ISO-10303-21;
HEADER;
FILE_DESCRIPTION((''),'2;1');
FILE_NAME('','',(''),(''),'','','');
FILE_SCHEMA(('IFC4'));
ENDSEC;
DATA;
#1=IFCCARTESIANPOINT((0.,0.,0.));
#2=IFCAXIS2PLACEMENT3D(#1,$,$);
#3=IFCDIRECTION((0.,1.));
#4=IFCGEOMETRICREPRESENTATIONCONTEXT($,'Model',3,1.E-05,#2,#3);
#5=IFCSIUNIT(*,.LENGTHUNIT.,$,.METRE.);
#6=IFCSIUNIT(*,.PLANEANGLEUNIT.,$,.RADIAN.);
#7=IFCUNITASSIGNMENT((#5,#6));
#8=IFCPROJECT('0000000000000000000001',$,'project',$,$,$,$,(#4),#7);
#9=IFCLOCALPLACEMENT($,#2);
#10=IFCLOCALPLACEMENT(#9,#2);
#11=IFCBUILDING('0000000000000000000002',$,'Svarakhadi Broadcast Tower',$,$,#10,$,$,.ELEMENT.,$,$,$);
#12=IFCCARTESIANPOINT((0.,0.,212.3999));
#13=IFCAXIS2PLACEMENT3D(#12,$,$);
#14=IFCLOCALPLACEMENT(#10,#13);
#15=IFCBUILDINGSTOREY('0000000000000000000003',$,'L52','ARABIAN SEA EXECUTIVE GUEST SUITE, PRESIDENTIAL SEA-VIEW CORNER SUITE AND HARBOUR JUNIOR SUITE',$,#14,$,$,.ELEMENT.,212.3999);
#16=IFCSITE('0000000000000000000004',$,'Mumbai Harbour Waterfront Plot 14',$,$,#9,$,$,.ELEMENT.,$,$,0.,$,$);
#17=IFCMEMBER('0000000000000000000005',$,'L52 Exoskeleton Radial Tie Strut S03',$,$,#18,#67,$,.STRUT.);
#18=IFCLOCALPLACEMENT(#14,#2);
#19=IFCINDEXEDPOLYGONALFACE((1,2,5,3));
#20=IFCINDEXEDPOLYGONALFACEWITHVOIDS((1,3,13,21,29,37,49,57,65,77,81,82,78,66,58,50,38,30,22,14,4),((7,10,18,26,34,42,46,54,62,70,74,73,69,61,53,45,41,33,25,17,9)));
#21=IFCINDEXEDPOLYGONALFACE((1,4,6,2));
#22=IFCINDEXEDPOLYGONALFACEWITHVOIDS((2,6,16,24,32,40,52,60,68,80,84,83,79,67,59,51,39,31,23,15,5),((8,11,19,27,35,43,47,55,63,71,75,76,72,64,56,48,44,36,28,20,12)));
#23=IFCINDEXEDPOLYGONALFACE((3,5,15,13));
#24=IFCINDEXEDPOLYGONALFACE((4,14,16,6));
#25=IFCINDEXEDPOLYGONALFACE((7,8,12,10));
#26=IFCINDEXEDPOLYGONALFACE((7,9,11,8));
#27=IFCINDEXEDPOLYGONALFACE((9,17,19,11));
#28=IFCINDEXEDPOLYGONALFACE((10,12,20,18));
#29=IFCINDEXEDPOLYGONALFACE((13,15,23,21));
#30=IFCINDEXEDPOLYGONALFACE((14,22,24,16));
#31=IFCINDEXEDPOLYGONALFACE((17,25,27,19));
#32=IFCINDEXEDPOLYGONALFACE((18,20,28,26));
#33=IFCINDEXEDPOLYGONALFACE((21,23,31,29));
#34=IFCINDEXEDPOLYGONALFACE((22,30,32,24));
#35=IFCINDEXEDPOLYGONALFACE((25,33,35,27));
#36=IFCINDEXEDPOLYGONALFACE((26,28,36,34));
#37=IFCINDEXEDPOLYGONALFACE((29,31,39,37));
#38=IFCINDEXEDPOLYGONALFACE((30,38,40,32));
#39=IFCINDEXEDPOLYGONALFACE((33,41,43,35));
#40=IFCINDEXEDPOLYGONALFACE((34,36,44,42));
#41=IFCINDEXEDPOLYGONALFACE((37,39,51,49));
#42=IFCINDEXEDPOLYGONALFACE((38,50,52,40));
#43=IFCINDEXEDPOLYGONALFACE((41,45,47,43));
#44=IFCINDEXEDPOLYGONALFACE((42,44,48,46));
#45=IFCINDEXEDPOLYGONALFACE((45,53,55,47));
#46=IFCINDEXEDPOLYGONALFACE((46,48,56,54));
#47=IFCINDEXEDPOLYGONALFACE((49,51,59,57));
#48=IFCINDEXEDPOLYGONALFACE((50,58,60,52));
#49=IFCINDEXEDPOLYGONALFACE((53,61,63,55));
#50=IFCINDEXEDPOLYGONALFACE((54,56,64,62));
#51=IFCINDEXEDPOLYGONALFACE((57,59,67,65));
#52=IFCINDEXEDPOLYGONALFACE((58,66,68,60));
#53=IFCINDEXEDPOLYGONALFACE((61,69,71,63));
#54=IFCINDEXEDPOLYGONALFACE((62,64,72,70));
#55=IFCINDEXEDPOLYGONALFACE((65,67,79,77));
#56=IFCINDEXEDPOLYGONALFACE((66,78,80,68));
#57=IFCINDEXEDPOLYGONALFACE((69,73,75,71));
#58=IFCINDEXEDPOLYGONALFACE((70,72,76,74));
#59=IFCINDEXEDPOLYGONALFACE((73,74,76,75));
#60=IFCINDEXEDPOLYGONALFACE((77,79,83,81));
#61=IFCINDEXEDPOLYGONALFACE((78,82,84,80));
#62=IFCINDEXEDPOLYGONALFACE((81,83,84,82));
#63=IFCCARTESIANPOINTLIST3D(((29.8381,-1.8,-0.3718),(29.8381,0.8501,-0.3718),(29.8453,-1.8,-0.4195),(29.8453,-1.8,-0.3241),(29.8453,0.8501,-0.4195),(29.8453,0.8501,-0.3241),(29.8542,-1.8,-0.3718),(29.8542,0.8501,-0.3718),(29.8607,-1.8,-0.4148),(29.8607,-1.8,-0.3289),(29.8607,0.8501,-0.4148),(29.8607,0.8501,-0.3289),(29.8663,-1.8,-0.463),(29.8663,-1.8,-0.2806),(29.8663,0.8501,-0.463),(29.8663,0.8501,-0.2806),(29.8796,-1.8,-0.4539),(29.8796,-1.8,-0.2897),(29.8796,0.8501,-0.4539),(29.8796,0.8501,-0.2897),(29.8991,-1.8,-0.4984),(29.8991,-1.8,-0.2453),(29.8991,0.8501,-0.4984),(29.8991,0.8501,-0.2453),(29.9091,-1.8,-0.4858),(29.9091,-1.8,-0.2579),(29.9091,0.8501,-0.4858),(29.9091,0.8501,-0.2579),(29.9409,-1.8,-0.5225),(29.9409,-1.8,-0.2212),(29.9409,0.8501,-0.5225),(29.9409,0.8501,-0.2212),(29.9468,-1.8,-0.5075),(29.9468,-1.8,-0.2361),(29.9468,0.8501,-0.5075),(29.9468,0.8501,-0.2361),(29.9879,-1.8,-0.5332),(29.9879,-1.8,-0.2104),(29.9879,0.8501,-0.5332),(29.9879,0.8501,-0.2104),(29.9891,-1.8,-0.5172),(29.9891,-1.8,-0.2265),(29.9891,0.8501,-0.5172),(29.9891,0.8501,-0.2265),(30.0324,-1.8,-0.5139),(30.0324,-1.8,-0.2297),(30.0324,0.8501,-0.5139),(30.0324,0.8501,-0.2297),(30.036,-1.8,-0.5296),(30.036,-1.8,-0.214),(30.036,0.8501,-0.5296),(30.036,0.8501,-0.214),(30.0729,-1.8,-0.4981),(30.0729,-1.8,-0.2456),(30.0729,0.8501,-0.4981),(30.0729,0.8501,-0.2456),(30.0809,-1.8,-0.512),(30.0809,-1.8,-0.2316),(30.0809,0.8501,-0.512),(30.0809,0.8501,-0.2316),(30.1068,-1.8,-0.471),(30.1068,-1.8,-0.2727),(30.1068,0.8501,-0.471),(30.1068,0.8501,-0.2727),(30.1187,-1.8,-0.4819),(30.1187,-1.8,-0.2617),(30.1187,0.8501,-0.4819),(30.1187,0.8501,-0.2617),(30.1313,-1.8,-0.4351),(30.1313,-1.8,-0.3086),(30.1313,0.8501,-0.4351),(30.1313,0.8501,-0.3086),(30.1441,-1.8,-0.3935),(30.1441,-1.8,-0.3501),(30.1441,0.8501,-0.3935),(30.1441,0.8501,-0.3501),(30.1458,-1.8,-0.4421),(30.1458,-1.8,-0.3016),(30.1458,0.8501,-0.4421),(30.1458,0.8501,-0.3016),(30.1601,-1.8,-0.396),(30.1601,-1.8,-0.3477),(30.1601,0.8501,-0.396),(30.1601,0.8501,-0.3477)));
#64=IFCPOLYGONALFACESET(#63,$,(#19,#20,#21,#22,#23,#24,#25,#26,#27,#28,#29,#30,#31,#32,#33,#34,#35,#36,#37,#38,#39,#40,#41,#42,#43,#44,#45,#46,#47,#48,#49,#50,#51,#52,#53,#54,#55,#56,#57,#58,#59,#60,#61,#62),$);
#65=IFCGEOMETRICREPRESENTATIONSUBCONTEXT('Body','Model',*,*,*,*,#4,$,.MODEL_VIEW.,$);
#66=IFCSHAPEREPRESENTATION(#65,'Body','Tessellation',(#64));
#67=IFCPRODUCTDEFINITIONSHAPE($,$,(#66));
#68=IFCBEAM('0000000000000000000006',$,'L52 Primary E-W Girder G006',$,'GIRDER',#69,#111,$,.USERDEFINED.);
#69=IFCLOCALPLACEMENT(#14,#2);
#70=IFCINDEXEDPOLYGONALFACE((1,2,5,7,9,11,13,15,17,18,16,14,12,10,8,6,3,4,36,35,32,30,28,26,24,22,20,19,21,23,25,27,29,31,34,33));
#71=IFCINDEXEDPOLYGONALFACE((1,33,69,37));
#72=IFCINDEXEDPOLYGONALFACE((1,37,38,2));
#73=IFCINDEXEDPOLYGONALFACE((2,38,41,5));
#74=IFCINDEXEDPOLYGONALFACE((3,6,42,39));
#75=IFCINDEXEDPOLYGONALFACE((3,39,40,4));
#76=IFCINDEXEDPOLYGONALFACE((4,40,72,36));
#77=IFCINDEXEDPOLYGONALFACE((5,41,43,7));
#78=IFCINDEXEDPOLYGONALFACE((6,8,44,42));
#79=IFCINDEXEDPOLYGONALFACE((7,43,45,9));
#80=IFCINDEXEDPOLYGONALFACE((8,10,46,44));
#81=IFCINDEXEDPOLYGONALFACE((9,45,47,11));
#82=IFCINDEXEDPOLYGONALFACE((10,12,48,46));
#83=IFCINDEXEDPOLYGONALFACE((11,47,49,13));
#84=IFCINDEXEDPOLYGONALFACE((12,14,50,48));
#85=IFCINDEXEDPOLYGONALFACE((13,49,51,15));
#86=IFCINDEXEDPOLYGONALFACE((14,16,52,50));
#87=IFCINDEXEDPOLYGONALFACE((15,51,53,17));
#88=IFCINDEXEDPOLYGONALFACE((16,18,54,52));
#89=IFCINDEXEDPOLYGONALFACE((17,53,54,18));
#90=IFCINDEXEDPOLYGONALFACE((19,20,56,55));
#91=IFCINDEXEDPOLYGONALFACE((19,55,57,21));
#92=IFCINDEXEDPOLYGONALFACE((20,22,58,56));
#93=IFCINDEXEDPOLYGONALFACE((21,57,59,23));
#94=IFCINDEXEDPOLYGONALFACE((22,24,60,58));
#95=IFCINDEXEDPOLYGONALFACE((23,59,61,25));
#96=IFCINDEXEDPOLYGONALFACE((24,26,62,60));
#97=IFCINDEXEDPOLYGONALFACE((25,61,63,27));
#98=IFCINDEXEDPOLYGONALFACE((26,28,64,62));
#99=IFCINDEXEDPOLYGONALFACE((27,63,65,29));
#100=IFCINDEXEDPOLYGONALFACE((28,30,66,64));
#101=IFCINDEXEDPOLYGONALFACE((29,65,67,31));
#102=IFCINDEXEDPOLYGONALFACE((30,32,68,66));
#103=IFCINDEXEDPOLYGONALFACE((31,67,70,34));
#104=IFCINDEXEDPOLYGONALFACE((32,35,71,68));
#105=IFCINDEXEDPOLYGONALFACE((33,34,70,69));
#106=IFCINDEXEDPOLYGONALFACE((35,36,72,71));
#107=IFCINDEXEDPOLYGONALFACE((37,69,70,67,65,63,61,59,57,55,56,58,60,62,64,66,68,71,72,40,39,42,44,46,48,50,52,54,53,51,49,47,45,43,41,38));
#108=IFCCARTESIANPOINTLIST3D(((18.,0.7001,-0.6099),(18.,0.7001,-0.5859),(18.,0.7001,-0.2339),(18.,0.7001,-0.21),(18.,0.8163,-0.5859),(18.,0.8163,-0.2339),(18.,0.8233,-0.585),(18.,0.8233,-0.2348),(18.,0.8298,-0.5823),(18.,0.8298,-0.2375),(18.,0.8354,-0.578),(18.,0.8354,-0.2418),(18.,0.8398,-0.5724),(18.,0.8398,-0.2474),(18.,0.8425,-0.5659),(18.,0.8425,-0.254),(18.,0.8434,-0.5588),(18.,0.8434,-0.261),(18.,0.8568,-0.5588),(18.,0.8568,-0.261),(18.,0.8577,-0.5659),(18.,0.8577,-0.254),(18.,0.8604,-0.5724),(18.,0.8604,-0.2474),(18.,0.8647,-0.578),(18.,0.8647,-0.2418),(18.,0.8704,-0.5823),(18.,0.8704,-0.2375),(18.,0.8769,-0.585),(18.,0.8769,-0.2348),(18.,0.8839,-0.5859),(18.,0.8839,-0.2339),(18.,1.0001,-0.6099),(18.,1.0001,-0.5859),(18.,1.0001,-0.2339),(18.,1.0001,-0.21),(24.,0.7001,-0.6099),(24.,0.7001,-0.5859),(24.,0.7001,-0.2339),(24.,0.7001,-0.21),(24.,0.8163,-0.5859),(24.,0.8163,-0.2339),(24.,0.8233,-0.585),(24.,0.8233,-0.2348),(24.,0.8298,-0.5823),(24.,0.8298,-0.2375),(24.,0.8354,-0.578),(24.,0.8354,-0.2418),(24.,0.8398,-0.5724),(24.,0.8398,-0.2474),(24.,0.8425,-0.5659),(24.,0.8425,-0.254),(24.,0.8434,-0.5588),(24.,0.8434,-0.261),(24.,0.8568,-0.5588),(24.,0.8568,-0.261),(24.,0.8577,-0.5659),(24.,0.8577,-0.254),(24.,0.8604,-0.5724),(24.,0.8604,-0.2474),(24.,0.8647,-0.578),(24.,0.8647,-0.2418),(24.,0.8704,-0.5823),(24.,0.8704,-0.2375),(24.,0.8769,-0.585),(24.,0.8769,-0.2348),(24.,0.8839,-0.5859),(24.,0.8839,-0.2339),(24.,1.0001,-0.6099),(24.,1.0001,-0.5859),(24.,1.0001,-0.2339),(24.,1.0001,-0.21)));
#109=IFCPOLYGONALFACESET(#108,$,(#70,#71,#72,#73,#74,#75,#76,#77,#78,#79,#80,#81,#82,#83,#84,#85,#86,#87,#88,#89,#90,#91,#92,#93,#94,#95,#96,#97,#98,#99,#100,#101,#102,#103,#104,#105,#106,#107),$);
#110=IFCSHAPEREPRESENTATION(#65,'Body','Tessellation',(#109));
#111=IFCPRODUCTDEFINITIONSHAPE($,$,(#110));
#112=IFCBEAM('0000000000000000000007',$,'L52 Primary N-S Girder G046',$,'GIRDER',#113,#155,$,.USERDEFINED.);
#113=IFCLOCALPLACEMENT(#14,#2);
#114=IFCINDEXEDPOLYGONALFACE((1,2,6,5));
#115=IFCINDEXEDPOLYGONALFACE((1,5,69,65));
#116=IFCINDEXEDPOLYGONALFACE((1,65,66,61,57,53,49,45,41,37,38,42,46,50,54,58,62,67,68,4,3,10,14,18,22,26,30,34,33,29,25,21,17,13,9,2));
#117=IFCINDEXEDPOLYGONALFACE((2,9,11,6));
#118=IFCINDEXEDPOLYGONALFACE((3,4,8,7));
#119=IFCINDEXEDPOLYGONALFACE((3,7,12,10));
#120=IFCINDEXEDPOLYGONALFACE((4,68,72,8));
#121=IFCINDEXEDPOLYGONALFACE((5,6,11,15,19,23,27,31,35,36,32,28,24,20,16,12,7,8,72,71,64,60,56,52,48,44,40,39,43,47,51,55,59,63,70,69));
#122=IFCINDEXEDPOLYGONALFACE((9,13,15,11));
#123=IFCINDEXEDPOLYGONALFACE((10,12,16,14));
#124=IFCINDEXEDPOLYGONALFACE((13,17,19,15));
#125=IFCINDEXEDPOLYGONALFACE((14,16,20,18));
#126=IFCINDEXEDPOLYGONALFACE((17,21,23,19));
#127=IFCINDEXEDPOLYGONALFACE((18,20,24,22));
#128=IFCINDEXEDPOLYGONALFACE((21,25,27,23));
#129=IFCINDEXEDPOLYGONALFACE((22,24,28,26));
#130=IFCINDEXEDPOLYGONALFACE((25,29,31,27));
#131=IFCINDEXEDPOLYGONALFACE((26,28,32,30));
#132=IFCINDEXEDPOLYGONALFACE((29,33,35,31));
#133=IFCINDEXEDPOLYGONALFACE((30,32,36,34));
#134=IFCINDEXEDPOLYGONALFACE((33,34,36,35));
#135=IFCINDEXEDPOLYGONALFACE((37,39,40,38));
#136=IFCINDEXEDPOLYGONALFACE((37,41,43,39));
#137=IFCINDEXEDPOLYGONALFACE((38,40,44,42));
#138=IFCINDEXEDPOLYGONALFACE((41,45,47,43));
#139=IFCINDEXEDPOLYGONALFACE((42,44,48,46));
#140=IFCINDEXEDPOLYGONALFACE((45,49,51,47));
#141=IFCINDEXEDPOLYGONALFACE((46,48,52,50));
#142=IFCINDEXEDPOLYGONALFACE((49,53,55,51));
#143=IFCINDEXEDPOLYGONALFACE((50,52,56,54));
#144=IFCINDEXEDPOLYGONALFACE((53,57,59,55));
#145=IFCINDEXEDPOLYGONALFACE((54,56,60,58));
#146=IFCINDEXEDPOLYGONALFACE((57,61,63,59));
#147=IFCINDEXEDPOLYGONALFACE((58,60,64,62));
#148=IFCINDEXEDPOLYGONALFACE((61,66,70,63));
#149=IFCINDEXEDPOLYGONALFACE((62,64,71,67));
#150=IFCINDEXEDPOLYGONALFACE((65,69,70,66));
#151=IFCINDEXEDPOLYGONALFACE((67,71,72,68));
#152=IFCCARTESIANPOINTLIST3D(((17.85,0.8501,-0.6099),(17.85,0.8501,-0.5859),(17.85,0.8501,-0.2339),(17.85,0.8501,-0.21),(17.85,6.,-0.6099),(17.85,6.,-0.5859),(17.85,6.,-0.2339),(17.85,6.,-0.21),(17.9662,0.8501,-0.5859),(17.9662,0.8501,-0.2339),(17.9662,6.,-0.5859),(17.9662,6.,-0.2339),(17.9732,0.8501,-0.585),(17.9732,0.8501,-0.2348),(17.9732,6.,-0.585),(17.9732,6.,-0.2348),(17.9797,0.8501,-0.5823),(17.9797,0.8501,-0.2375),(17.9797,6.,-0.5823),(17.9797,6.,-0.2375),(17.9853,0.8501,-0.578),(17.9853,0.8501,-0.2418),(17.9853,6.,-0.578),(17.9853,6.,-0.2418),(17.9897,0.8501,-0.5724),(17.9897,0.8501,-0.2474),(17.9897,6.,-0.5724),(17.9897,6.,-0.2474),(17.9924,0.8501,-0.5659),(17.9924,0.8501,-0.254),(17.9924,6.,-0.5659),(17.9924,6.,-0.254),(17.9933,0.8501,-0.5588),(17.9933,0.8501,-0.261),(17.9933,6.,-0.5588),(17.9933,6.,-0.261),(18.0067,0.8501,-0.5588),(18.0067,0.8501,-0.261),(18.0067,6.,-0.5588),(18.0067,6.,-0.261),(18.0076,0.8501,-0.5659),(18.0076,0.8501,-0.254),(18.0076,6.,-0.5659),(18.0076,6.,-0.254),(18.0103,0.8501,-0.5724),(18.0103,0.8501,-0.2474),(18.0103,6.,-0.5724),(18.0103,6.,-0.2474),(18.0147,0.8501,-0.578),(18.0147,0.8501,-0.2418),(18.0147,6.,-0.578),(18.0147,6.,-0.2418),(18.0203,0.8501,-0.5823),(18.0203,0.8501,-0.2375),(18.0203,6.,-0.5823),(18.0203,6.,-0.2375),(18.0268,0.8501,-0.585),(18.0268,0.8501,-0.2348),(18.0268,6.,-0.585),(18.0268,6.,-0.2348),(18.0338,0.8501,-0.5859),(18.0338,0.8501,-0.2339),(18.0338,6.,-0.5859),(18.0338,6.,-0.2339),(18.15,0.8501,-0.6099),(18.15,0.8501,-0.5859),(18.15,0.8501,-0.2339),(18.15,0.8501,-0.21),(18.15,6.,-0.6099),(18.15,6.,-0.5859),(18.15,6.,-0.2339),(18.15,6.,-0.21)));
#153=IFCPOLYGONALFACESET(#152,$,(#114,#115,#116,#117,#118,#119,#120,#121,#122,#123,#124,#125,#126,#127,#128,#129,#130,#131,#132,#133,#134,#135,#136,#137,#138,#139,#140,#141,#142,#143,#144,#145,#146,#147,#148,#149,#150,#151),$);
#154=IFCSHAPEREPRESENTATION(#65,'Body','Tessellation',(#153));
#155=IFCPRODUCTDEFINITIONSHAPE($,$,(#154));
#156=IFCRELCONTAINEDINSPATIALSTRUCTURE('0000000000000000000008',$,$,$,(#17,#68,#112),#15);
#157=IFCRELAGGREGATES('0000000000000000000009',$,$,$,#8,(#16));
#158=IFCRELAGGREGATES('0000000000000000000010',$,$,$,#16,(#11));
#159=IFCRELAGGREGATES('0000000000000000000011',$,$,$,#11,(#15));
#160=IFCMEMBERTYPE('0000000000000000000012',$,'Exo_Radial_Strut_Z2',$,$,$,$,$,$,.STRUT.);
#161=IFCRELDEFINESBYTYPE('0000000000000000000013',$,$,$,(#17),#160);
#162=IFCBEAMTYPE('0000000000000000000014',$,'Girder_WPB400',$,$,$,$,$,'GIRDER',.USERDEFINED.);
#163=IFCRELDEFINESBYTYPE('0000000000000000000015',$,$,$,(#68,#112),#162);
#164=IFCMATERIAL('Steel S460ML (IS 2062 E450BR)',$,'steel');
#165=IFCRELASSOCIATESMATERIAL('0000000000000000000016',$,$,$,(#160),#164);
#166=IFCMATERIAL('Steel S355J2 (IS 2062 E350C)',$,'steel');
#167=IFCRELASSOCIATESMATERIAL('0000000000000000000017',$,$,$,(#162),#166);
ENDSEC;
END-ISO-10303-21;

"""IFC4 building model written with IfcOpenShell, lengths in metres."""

from ifc_helpers import new_model, si_unit, direction, frame, origin, origin_2d, place, context, subcontext, project, spatial, hollow_circle, i_section, extrude, material, material_profile, profile_set, type_object, element, save


model = new_model("IFC4")

# Units and contexts
model_context = context("Model", 3, precision=1e-05, world=origin(), true_north=direction((0.0, 1.0)))
body_context = subcontext(model_context, "Body", "Model", "MODEL_VIEW")
ifc_project = project(units=[si_unit("LENGTHUNIT", "METRE"), si_unit("PLANEANGLEUNIT", "RADIAN")], contexts=[model_context])

# Site, building, storey
site_placement = place(None, origin())
site = spatial("IfcSite", under=ifc_project, at=site_placement, Name="Mumbai Harbour Waterfront Plot 14", CompositionType="ELEMENT", RefElevation=0.0)
building_placement = place(site_placement, origin())
building = spatial("IfcBuilding", under=site, at=building_placement, Name="Svarakhadi Broadcast Tower", CompositionType="ELEMENT")
storey_placement = place(building_placement, frame((0.0, 0.0, 212.3999)))
storey = spatial("IfcBuildingStorey", under=building, at=storey_placement, Name="L52", Description="ARABIAN SEA EXECUTIVE GUEST SUITE, PRESIDENTIAL SEA-VIEW CORNER SUITE AND HARBOUR JUNIOR SUITE", CompositionType="ELEMENT", Elevation=212.3999)

# Shared definitions
ifc_material_1 = material(Name="Steel S460ML (IS 2062 E450BR)", Category="steel")

# Member
ifc_material_profile_1 = material_profile(ifc_material_1, hollow_circle(Radius=0.1619, WallThickness=0.0161, at=origin_2d()), Name="CHS 323.9x16")
ifc_profile_set_1 = profile_set([ifc_material_profile_1], Name="Steel S460ML (IS 2062 E450BR)")
member_type_1 = type_object("IfcMemberType", Name="Exo_Radial_Strut_Z2", PredefinedType="STRUT", material=ifc_profile_set_1)
for number, where, z_axis, x_axis, name in (
    (1, (30.0, -1.8, -0.3718), (0.0, 1.0, 0.0), (-1.0, 0.0, 0.0), "L52 Exoskeleton Radial Tie Strut S03"),
):
    element("IfcMember", number, at=place(storey_placement, frame(where, z_axis=z_axis, x_axis=x_axis)), inside=storey, type_object=member_type_1, Name=name, PredefinedType="STRUT", context=body_context, shape_type="SweptSolid", body=[
        extrude(hollow_circle(Radius=0.1619, WallThickness=0.0161, at=origin_2d()), origin(), (0.0, 0.0, 1.0), 2.6501),
    ])

# Beams
ifc_material_2 = material(Name="Steel S355J2 (IS 2062 E350C)", Category="steel")
ifc_material_profile_2 = material_profile(ifc_material_2, i_section(OverallWidth=0.3, OverallDepth=0.3999, WebThickness=0.0134, FlangeThickness=0.0239, FilletRadius=0.0271, at=origin_2d()), Name="WPB 400x300x155")
ifc_profile_set_2 = profile_set([ifc_material_profile_2], Name="Steel S355J2 (IS 2062 E350C)")
beam_type_1 = type_object("IfcBeamType", Name="Girder_WPB400", ElementType="GIRDER", PredefinedType="USERDEFINED", material=ifc_profile_set_2)
beam_1_placement = place(storey_placement, frame((18.0, 0.8501, -0.4099), z_axis=(1.0, 0.0, 0.0), x_axis=(0.0, 1.0, 0.0)))
element("IfcBeam", 2, at=beam_1_placement, inside=storey, type_object=beam_type_1, Name="L52 Primary E-W Girder G006", ObjectType="GIRDER", PredefinedType="USERDEFINED", context=body_context, shape_type="SweptSolid", body=[
    extrude(i_section(OverallWidth=0.3, OverallDepth=0.3999, WebThickness=0.0134, FlangeThickness=0.0239, FilletRadius=0.0271, at=origin_2d()), origin(), (0.0, 0.0, 1.0), 6.0),
])
beam_2_placement = place(storey_placement, frame((18.0, 0.8501, -0.4099), z_axis=(0.0, 1.0, 0.0), x_axis=(-1.0, 0.0, 0.0)))
element("IfcBeam", 3, at=beam_2_placement, inside=storey, type_object=beam_type_1, Name="L52 Primary N-S Girder G046", ObjectType="GIRDER", PredefinedType="USERDEFINED", context=body_context, shape_type="SweptSolid", body=[
    extrude(i_section(OverallWidth=0.3, OverallDepth=0.3999, WebThickness=0.0134, FlangeThickness=0.0239, FilletRadius=0.0271, at=origin_2d()), origin(), (0.0, 0.0, 1.0), 5.1499),
])

save(model, "model.ifc")
